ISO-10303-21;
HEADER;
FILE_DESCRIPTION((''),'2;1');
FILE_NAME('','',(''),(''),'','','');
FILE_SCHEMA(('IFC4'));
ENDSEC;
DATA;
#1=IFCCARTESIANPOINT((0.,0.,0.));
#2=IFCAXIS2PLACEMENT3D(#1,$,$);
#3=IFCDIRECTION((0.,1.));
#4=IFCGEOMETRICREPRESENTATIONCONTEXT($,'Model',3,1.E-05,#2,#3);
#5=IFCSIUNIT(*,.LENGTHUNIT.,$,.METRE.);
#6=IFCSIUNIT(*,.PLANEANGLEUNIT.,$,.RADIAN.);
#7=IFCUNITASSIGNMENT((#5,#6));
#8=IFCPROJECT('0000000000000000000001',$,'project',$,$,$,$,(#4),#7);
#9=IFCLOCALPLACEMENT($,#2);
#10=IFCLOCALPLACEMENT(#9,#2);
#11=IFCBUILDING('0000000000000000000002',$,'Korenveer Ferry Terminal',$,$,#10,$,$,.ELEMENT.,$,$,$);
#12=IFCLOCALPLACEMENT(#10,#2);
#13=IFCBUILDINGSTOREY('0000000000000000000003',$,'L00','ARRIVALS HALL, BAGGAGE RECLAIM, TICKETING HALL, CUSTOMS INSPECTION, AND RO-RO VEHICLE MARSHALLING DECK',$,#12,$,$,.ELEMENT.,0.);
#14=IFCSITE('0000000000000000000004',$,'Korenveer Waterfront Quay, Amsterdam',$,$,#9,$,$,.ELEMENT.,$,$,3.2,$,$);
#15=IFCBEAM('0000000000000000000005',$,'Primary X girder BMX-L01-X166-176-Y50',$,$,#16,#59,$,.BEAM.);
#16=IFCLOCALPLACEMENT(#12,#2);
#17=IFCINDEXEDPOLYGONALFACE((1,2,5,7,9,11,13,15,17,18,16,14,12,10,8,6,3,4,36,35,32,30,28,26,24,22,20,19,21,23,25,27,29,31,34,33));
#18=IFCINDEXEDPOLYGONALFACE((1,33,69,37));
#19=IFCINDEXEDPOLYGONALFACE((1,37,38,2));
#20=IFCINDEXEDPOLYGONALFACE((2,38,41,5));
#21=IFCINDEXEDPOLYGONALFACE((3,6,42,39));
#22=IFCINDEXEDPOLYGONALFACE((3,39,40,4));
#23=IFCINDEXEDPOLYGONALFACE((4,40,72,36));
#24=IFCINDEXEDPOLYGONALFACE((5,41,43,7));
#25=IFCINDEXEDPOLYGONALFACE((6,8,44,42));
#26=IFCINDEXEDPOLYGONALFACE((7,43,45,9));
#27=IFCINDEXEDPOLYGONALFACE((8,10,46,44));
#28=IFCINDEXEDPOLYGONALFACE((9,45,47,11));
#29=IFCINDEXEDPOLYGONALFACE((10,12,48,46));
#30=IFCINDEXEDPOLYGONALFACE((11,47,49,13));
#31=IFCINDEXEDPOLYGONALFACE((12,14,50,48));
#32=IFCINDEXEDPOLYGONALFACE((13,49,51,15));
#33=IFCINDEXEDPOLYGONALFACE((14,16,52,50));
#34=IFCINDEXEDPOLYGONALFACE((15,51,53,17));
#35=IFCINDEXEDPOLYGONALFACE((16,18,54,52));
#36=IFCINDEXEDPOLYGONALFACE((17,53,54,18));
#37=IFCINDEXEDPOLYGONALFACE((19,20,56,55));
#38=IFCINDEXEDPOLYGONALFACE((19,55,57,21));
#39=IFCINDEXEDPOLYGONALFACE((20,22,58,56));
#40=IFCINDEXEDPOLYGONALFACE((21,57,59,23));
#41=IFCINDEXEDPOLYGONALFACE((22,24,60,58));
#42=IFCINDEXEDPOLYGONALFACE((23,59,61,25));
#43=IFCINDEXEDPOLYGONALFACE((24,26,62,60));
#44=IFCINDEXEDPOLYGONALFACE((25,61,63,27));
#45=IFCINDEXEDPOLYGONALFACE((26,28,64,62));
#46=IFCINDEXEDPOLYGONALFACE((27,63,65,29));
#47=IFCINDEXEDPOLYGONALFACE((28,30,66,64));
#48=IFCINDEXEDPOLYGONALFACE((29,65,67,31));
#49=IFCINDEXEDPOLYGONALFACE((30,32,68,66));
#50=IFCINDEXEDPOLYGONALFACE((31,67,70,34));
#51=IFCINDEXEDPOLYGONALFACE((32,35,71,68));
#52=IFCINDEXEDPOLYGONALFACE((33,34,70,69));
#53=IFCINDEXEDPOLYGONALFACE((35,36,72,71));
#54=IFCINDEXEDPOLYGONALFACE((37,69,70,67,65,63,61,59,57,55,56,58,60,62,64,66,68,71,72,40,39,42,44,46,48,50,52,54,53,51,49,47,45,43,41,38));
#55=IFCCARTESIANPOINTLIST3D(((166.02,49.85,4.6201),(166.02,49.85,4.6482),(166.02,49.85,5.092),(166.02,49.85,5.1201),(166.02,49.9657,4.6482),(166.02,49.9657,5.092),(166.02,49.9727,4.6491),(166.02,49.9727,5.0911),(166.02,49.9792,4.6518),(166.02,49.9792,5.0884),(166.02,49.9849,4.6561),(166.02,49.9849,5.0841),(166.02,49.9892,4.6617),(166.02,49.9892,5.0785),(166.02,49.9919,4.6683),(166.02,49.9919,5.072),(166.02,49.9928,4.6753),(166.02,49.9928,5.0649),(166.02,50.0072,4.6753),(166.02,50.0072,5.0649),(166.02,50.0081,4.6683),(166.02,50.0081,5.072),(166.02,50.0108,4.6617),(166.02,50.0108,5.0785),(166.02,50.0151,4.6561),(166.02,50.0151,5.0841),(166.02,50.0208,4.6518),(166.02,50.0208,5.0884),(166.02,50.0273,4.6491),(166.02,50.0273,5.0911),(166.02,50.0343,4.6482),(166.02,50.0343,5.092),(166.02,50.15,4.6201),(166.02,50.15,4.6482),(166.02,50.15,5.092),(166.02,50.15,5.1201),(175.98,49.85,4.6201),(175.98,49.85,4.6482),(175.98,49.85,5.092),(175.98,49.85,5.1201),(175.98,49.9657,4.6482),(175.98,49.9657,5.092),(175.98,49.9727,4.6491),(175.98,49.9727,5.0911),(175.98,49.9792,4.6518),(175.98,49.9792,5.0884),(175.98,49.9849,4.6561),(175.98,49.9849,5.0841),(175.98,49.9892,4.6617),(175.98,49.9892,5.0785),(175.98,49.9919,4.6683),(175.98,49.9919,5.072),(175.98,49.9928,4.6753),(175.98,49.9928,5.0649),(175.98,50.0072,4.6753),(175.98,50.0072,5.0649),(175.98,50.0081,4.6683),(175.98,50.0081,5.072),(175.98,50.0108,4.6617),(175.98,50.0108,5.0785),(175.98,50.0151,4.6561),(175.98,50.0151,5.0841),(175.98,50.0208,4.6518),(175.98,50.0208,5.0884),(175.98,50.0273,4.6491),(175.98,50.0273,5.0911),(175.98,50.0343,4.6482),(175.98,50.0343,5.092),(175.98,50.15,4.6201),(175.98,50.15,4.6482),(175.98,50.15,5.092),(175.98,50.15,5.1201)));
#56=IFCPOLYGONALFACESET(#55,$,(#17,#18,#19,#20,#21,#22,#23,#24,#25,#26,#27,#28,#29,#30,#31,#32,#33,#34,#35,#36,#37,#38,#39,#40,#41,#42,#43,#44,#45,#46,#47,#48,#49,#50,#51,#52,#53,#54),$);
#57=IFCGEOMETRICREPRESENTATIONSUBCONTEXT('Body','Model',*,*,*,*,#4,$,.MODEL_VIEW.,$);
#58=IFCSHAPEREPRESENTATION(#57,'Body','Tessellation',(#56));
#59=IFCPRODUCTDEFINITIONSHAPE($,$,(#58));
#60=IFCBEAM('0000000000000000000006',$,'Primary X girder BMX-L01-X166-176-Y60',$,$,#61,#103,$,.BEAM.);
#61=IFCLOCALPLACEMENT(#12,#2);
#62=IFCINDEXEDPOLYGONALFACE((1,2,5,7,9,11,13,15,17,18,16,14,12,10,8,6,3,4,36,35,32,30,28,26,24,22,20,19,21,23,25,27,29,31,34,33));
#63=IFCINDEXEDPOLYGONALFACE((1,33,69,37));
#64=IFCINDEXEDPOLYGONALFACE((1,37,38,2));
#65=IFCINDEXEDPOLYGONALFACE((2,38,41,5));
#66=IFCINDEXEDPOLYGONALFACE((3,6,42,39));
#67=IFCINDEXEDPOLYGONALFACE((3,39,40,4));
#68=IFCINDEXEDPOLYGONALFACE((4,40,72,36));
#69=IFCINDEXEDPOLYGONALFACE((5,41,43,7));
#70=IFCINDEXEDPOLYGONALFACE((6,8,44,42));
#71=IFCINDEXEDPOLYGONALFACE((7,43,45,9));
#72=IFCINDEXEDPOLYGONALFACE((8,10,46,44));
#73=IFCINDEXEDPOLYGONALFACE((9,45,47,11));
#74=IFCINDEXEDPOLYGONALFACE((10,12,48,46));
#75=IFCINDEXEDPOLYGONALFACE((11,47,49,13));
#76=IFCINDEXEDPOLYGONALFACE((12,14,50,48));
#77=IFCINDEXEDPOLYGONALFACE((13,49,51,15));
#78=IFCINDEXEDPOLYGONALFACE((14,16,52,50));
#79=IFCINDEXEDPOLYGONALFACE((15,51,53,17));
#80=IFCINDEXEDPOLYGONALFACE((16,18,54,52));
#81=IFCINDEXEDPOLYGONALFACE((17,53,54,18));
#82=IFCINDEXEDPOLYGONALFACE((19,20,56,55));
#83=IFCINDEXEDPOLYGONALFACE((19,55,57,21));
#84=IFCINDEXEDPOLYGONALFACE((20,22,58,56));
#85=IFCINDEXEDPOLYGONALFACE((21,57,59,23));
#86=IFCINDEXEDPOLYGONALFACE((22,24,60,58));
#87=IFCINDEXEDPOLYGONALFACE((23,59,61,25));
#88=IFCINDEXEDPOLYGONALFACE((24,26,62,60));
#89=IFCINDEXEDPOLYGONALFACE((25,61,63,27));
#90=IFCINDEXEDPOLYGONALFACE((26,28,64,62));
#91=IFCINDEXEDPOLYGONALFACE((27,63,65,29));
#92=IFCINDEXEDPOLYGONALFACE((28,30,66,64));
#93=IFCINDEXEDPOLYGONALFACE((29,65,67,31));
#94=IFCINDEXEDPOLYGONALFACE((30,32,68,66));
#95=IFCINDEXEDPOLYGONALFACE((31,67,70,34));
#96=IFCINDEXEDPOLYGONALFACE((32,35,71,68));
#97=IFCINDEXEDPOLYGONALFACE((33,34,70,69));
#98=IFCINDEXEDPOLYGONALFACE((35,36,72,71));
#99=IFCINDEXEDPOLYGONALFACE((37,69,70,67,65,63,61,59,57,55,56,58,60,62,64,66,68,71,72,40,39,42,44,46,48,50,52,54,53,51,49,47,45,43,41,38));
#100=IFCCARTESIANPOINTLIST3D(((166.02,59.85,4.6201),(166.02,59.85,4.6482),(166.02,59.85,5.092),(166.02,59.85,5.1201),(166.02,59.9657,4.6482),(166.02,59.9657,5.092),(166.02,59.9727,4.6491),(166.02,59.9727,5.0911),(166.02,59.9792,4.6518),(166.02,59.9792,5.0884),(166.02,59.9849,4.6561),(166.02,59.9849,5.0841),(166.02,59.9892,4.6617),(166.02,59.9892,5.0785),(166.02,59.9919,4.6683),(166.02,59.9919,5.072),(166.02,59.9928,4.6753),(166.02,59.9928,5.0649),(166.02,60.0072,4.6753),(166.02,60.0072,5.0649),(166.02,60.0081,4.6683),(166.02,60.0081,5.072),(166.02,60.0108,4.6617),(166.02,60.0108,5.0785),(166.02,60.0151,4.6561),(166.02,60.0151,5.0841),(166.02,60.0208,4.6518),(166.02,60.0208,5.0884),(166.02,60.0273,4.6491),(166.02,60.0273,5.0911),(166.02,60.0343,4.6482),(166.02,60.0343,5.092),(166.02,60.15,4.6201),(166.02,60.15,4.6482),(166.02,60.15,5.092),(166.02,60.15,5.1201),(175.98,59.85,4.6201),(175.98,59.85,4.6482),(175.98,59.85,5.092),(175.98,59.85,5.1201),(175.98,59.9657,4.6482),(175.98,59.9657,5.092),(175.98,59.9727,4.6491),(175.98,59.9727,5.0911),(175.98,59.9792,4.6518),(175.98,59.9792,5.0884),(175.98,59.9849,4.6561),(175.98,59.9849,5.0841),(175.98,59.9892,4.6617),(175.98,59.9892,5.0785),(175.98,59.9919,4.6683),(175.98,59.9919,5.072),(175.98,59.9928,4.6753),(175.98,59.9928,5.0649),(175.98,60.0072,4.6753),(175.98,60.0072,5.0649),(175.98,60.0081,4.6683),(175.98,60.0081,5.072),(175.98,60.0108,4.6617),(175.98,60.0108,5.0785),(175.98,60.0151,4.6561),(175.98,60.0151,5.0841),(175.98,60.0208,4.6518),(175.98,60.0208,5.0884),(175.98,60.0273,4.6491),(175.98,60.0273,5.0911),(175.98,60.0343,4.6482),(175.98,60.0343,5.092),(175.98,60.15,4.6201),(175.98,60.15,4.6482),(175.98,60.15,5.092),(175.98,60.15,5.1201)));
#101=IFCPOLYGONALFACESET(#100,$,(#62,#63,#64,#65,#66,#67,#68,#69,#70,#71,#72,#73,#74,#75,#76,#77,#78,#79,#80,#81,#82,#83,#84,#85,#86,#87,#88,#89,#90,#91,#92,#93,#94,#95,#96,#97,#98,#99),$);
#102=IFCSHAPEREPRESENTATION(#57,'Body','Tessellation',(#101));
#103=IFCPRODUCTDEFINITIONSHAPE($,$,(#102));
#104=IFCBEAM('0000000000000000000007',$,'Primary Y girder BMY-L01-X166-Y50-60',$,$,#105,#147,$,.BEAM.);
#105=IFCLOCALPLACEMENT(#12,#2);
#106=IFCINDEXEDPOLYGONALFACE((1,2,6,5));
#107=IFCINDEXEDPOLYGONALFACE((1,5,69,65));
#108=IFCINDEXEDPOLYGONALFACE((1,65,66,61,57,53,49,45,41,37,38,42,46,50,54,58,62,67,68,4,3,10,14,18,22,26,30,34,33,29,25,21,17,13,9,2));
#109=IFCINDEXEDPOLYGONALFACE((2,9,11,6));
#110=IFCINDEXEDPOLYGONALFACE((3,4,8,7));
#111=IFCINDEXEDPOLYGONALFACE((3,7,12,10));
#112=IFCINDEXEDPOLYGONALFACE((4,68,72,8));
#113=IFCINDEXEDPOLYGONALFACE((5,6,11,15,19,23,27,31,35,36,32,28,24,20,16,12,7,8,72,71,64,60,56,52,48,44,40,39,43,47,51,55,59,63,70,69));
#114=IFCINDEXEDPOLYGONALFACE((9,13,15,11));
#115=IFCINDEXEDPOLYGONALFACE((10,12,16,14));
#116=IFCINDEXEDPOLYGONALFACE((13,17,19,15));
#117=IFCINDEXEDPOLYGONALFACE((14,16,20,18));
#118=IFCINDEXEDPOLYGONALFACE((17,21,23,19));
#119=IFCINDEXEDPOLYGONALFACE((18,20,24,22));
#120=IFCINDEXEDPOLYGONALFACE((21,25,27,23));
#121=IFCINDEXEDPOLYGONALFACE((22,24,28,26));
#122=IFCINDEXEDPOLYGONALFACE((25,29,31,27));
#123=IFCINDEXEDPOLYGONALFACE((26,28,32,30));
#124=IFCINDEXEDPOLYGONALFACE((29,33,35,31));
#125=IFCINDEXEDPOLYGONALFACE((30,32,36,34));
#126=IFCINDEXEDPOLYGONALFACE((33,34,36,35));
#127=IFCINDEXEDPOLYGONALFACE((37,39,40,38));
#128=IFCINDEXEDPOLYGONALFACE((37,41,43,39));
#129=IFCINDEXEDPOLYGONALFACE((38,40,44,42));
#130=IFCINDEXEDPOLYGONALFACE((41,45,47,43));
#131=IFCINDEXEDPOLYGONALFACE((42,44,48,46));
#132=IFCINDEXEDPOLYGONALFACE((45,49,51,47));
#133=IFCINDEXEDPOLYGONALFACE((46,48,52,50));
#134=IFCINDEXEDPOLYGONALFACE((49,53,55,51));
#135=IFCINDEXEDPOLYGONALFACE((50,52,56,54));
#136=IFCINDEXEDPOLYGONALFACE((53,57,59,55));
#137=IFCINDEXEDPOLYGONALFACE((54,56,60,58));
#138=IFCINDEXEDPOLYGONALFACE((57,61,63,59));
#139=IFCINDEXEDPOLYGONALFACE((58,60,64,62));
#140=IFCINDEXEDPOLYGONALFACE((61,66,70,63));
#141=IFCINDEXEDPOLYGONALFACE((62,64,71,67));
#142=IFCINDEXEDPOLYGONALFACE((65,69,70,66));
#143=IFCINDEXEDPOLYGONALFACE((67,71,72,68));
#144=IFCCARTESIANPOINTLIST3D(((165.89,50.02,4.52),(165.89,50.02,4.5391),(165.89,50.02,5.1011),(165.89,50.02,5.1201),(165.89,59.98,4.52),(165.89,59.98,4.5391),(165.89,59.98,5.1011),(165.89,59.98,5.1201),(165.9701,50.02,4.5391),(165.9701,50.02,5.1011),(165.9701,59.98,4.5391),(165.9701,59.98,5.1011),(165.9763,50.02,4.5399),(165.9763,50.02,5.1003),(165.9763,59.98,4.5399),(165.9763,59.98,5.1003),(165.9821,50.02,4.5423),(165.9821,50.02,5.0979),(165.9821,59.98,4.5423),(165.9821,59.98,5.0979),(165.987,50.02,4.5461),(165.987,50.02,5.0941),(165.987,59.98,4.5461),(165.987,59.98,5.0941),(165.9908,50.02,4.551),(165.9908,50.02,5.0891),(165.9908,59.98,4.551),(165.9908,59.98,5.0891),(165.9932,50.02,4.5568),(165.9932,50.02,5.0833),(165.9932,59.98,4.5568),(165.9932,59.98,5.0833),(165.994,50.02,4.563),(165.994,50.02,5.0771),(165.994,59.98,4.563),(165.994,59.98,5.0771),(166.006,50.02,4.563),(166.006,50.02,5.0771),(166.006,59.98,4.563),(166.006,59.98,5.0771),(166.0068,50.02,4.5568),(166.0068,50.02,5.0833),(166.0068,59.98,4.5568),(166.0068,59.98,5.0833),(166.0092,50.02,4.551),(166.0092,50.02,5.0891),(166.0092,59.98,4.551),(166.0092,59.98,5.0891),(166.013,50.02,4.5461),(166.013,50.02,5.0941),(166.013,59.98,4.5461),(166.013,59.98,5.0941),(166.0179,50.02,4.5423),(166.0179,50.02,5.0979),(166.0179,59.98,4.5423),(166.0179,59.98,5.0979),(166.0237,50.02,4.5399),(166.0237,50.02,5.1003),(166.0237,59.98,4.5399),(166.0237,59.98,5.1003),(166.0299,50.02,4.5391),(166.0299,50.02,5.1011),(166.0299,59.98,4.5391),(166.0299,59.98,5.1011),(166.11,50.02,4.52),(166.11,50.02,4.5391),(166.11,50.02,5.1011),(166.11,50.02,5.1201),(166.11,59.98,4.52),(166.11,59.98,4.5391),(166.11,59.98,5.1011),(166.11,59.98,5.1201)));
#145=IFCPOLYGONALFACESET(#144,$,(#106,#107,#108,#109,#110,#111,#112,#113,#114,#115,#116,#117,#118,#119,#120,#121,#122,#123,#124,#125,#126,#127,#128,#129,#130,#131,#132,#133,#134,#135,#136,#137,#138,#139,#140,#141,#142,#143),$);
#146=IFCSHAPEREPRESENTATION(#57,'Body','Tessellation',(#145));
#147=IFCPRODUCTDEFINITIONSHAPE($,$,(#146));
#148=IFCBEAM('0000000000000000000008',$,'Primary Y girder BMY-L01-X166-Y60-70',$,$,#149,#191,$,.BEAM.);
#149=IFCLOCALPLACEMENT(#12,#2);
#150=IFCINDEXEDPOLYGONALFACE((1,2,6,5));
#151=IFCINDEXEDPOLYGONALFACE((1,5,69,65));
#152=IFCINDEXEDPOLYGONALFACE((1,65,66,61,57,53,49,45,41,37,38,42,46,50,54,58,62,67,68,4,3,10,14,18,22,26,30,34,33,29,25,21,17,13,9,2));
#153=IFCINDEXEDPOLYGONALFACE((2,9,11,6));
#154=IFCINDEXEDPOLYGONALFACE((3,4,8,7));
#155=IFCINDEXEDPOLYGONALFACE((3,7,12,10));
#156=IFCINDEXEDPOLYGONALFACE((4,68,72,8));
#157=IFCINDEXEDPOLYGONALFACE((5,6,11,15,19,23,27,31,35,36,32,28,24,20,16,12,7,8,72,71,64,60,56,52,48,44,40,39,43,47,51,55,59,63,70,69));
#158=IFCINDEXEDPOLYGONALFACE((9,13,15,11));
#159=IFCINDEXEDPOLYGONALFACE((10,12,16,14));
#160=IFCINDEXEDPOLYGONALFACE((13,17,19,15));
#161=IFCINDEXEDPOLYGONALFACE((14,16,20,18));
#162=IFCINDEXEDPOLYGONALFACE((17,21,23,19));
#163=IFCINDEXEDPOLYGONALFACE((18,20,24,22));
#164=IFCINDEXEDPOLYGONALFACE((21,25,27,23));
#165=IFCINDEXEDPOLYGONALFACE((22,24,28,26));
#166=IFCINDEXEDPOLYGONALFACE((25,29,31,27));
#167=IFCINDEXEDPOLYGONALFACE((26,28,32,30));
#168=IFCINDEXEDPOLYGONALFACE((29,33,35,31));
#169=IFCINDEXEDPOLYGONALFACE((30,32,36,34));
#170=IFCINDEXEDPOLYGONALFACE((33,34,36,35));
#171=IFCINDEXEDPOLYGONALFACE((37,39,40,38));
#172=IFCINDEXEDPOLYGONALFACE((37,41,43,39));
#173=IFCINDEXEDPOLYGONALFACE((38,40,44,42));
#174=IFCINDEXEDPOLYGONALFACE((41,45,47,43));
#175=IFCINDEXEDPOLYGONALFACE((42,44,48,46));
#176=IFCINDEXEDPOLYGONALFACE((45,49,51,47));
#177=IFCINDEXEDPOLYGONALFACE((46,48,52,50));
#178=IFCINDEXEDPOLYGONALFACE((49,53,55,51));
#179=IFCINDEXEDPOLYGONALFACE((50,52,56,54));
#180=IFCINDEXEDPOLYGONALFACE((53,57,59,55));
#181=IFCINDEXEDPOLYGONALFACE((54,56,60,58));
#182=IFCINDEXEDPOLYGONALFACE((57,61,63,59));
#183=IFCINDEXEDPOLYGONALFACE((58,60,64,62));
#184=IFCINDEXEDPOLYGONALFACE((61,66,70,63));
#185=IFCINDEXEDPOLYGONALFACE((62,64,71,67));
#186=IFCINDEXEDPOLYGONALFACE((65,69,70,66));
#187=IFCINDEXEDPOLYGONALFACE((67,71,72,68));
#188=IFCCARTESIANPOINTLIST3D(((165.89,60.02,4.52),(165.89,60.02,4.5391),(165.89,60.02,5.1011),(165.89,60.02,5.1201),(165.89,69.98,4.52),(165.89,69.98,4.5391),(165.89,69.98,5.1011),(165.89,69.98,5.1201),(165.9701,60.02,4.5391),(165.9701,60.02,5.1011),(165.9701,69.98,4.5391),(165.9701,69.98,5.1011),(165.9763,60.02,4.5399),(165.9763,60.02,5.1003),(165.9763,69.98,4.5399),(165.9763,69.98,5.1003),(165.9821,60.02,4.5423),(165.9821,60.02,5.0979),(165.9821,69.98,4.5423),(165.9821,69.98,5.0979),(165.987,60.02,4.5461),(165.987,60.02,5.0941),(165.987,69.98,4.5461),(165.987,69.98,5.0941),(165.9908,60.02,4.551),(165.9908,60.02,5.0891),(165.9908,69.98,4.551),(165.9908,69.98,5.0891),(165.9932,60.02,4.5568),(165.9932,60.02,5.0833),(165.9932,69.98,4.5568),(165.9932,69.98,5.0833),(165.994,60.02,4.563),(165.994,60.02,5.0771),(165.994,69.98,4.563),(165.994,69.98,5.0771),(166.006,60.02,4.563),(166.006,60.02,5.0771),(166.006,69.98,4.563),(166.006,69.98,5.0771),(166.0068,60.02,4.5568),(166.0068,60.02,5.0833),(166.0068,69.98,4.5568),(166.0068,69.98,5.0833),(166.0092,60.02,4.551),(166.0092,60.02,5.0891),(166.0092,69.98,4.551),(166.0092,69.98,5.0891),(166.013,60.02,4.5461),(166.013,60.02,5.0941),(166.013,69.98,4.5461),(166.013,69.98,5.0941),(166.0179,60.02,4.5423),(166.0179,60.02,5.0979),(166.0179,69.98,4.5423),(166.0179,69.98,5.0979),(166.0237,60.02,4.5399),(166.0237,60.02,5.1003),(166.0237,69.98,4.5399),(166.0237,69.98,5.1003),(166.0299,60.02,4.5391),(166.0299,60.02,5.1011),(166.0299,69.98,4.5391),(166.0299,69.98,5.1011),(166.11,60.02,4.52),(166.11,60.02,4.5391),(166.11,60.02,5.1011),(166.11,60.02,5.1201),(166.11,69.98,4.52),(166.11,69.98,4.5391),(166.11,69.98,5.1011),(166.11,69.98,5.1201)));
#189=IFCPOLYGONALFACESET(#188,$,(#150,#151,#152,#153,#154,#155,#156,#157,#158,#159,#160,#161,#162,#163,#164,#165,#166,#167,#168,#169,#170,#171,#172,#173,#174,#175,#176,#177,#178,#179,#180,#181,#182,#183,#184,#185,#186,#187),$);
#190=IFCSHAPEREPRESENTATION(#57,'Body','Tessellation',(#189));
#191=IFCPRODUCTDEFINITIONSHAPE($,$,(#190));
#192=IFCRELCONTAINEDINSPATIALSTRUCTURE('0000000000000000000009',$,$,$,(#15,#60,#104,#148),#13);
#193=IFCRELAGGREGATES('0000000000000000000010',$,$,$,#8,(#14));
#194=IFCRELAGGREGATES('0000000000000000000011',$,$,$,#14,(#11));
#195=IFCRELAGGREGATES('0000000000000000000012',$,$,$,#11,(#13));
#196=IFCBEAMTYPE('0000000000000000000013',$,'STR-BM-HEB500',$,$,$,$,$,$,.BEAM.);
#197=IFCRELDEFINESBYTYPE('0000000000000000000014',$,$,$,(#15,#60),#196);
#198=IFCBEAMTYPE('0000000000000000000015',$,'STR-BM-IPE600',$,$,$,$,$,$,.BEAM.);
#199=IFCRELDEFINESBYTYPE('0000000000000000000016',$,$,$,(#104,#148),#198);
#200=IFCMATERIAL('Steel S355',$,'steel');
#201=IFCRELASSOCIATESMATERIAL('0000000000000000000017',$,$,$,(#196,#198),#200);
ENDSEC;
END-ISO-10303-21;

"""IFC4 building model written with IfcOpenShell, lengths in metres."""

from ifc_helpers import new_model, si_unit, direction, frame, origin, origin_2d, place, context, subcontext, project, spatial, i_section, extrude, material, material_profile, profile_set, type_object, element, save


model = new_model("IFC4")

# Units and contexts
model_context = context("Model", 3, precision=1e-05, world=origin(), true_north=direction((0.0, 1.0)))
body_context = subcontext(model_context, "Body", "Model", "MODEL_VIEW")
ifc_project = project(units=[si_unit("LENGTHUNIT", "METRE"), si_unit("PLANEANGLEUNIT", "RADIAN")], contexts=[model_context])

# Site, building, storey
site_placement = place(None, origin())
site = spatial("IfcSite", under=ifc_project, at=site_placement, Name="Korenveer Waterfront Quay, Amsterdam", CompositionType="ELEMENT", RefElevation=3.2)
building_placement = place(site_placement, origin())
building = spatial("IfcBuilding", under=site, at=building_placement, Name="Korenveer Ferry Terminal", CompositionType="ELEMENT")
storey_placement = place(building_placement, origin())
storey = spatial("IfcBuildingStorey", under=building, at=storey_placement, Name="L00", Description="ARRIVALS HALL, BAGGAGE RECLAIM, TICKETING HALL, CUSTOMS INSPECTION, AND RO-RO VEHICLE MARSHALLING DECK", CompositionType="ELEMENT", Elevation=0.0)

# Beams
ifc_material_1 = material(Name="Steel S355", Category="steel")
ifc_material_profile_1 = material_profile(ifc_material_1, i_section(OverallWidth=0.3, OverallDepth=0.5, WebThickness=0.0144, FlangeThickness=0.0281, FilletRadius=0.0271, at=origin_2d()), Name="HEB 500")
ifc_profile_set_1 = profile_set([ifc_material_profile_1], Name="Steel S355")
beam_type_1 = type_object("IfcBeamType", Name="STR-BM-HEB500", PredefinedType="BEAM", material=ifc_profile_set_1)
for number, where, z_axis, x_axis, name in (
    (1, (166.02, 50.0, 4.8701), (1.0, 0.0, 0.0), (0.0, 1.0, 0.0), "Primary X girder BMX-L01-X166-176-Y50"),
    (2, (166.02, 60.0, 4.8701), (1.0, 0.0, 0.0), (0.0, 1.0, 0.0), "Primary X girder BMX-L01-X166-176-Y60"),
):
    element("IfcBeam", number, at=place(storey_placement, frame(where, z_axis=z_axis, x_axis=x_axis)), inside=storey, type_object=beam_type_1, Name=name, PredefinedType="BEAM", context=body_context, shape_type="SweptSolid", body=[
        extrude(i_section(OverallWidth=0.3, OverallDepth=0.5, WebThickness=0.0144, FlangeThickness=0.0281, FilletRadius=0.0271, at=origin_2d()), origin(), (0.0, 0.0, 1.0), 9.96),
    ])
ifc_material_profile_2 = material_profile(ifc_material_1, i_section(OverallWidth=0.22, OverallDepth=0.6001, WebThickness=0.012, FlangeThickness=0.019, FilletRadius=0.0239, at=origin_2d()), Name="IPE 600")
ifc_profile_set_2 = profile_set([ifc_material_profile_2], Name="Steel S355")
beam_type_2 = type_object("IfcBeamType", Name="STR-BM-IPE600", PredefinedType="BEAM", material=ifc_profile_set_2)
for number, where, z_axis, x_axis, name in (
    (3, (166.0, 50.02, 4.8201), (0.0, 1.0, 0.0), (-1.0, 0.0, 0.0), "Primary Y girder BMY-L01-X166-Y50-60"),
    (4, (166.0, 60.02, 4.8201), (0.0, 1.0, 0.0), (-1.0, 0.0, 0.0), "Primary Y girder BMY-L01-X166-Y60-70"),
):
    element("IfcBeam", number, at=place(storey_placement, frame(where, z_axis=z_axis, x_axis=x_axis)), inside=storey, type_object=beam_type_2, Name=name, PredefinedType="BEAM", context=body_context, shape_type="SweptSolid", body=[
        extrude(i_section(OverallWidth=0.22, OverallDepth=0.6001, WebThickness=0.012, FlangeThickness=0.019, FilletRadius=0.0239, at=origin_2d()), origin(), (0.0, 0.0, 1.0), 9.96),
    ])

save(model, "model.ifc")
